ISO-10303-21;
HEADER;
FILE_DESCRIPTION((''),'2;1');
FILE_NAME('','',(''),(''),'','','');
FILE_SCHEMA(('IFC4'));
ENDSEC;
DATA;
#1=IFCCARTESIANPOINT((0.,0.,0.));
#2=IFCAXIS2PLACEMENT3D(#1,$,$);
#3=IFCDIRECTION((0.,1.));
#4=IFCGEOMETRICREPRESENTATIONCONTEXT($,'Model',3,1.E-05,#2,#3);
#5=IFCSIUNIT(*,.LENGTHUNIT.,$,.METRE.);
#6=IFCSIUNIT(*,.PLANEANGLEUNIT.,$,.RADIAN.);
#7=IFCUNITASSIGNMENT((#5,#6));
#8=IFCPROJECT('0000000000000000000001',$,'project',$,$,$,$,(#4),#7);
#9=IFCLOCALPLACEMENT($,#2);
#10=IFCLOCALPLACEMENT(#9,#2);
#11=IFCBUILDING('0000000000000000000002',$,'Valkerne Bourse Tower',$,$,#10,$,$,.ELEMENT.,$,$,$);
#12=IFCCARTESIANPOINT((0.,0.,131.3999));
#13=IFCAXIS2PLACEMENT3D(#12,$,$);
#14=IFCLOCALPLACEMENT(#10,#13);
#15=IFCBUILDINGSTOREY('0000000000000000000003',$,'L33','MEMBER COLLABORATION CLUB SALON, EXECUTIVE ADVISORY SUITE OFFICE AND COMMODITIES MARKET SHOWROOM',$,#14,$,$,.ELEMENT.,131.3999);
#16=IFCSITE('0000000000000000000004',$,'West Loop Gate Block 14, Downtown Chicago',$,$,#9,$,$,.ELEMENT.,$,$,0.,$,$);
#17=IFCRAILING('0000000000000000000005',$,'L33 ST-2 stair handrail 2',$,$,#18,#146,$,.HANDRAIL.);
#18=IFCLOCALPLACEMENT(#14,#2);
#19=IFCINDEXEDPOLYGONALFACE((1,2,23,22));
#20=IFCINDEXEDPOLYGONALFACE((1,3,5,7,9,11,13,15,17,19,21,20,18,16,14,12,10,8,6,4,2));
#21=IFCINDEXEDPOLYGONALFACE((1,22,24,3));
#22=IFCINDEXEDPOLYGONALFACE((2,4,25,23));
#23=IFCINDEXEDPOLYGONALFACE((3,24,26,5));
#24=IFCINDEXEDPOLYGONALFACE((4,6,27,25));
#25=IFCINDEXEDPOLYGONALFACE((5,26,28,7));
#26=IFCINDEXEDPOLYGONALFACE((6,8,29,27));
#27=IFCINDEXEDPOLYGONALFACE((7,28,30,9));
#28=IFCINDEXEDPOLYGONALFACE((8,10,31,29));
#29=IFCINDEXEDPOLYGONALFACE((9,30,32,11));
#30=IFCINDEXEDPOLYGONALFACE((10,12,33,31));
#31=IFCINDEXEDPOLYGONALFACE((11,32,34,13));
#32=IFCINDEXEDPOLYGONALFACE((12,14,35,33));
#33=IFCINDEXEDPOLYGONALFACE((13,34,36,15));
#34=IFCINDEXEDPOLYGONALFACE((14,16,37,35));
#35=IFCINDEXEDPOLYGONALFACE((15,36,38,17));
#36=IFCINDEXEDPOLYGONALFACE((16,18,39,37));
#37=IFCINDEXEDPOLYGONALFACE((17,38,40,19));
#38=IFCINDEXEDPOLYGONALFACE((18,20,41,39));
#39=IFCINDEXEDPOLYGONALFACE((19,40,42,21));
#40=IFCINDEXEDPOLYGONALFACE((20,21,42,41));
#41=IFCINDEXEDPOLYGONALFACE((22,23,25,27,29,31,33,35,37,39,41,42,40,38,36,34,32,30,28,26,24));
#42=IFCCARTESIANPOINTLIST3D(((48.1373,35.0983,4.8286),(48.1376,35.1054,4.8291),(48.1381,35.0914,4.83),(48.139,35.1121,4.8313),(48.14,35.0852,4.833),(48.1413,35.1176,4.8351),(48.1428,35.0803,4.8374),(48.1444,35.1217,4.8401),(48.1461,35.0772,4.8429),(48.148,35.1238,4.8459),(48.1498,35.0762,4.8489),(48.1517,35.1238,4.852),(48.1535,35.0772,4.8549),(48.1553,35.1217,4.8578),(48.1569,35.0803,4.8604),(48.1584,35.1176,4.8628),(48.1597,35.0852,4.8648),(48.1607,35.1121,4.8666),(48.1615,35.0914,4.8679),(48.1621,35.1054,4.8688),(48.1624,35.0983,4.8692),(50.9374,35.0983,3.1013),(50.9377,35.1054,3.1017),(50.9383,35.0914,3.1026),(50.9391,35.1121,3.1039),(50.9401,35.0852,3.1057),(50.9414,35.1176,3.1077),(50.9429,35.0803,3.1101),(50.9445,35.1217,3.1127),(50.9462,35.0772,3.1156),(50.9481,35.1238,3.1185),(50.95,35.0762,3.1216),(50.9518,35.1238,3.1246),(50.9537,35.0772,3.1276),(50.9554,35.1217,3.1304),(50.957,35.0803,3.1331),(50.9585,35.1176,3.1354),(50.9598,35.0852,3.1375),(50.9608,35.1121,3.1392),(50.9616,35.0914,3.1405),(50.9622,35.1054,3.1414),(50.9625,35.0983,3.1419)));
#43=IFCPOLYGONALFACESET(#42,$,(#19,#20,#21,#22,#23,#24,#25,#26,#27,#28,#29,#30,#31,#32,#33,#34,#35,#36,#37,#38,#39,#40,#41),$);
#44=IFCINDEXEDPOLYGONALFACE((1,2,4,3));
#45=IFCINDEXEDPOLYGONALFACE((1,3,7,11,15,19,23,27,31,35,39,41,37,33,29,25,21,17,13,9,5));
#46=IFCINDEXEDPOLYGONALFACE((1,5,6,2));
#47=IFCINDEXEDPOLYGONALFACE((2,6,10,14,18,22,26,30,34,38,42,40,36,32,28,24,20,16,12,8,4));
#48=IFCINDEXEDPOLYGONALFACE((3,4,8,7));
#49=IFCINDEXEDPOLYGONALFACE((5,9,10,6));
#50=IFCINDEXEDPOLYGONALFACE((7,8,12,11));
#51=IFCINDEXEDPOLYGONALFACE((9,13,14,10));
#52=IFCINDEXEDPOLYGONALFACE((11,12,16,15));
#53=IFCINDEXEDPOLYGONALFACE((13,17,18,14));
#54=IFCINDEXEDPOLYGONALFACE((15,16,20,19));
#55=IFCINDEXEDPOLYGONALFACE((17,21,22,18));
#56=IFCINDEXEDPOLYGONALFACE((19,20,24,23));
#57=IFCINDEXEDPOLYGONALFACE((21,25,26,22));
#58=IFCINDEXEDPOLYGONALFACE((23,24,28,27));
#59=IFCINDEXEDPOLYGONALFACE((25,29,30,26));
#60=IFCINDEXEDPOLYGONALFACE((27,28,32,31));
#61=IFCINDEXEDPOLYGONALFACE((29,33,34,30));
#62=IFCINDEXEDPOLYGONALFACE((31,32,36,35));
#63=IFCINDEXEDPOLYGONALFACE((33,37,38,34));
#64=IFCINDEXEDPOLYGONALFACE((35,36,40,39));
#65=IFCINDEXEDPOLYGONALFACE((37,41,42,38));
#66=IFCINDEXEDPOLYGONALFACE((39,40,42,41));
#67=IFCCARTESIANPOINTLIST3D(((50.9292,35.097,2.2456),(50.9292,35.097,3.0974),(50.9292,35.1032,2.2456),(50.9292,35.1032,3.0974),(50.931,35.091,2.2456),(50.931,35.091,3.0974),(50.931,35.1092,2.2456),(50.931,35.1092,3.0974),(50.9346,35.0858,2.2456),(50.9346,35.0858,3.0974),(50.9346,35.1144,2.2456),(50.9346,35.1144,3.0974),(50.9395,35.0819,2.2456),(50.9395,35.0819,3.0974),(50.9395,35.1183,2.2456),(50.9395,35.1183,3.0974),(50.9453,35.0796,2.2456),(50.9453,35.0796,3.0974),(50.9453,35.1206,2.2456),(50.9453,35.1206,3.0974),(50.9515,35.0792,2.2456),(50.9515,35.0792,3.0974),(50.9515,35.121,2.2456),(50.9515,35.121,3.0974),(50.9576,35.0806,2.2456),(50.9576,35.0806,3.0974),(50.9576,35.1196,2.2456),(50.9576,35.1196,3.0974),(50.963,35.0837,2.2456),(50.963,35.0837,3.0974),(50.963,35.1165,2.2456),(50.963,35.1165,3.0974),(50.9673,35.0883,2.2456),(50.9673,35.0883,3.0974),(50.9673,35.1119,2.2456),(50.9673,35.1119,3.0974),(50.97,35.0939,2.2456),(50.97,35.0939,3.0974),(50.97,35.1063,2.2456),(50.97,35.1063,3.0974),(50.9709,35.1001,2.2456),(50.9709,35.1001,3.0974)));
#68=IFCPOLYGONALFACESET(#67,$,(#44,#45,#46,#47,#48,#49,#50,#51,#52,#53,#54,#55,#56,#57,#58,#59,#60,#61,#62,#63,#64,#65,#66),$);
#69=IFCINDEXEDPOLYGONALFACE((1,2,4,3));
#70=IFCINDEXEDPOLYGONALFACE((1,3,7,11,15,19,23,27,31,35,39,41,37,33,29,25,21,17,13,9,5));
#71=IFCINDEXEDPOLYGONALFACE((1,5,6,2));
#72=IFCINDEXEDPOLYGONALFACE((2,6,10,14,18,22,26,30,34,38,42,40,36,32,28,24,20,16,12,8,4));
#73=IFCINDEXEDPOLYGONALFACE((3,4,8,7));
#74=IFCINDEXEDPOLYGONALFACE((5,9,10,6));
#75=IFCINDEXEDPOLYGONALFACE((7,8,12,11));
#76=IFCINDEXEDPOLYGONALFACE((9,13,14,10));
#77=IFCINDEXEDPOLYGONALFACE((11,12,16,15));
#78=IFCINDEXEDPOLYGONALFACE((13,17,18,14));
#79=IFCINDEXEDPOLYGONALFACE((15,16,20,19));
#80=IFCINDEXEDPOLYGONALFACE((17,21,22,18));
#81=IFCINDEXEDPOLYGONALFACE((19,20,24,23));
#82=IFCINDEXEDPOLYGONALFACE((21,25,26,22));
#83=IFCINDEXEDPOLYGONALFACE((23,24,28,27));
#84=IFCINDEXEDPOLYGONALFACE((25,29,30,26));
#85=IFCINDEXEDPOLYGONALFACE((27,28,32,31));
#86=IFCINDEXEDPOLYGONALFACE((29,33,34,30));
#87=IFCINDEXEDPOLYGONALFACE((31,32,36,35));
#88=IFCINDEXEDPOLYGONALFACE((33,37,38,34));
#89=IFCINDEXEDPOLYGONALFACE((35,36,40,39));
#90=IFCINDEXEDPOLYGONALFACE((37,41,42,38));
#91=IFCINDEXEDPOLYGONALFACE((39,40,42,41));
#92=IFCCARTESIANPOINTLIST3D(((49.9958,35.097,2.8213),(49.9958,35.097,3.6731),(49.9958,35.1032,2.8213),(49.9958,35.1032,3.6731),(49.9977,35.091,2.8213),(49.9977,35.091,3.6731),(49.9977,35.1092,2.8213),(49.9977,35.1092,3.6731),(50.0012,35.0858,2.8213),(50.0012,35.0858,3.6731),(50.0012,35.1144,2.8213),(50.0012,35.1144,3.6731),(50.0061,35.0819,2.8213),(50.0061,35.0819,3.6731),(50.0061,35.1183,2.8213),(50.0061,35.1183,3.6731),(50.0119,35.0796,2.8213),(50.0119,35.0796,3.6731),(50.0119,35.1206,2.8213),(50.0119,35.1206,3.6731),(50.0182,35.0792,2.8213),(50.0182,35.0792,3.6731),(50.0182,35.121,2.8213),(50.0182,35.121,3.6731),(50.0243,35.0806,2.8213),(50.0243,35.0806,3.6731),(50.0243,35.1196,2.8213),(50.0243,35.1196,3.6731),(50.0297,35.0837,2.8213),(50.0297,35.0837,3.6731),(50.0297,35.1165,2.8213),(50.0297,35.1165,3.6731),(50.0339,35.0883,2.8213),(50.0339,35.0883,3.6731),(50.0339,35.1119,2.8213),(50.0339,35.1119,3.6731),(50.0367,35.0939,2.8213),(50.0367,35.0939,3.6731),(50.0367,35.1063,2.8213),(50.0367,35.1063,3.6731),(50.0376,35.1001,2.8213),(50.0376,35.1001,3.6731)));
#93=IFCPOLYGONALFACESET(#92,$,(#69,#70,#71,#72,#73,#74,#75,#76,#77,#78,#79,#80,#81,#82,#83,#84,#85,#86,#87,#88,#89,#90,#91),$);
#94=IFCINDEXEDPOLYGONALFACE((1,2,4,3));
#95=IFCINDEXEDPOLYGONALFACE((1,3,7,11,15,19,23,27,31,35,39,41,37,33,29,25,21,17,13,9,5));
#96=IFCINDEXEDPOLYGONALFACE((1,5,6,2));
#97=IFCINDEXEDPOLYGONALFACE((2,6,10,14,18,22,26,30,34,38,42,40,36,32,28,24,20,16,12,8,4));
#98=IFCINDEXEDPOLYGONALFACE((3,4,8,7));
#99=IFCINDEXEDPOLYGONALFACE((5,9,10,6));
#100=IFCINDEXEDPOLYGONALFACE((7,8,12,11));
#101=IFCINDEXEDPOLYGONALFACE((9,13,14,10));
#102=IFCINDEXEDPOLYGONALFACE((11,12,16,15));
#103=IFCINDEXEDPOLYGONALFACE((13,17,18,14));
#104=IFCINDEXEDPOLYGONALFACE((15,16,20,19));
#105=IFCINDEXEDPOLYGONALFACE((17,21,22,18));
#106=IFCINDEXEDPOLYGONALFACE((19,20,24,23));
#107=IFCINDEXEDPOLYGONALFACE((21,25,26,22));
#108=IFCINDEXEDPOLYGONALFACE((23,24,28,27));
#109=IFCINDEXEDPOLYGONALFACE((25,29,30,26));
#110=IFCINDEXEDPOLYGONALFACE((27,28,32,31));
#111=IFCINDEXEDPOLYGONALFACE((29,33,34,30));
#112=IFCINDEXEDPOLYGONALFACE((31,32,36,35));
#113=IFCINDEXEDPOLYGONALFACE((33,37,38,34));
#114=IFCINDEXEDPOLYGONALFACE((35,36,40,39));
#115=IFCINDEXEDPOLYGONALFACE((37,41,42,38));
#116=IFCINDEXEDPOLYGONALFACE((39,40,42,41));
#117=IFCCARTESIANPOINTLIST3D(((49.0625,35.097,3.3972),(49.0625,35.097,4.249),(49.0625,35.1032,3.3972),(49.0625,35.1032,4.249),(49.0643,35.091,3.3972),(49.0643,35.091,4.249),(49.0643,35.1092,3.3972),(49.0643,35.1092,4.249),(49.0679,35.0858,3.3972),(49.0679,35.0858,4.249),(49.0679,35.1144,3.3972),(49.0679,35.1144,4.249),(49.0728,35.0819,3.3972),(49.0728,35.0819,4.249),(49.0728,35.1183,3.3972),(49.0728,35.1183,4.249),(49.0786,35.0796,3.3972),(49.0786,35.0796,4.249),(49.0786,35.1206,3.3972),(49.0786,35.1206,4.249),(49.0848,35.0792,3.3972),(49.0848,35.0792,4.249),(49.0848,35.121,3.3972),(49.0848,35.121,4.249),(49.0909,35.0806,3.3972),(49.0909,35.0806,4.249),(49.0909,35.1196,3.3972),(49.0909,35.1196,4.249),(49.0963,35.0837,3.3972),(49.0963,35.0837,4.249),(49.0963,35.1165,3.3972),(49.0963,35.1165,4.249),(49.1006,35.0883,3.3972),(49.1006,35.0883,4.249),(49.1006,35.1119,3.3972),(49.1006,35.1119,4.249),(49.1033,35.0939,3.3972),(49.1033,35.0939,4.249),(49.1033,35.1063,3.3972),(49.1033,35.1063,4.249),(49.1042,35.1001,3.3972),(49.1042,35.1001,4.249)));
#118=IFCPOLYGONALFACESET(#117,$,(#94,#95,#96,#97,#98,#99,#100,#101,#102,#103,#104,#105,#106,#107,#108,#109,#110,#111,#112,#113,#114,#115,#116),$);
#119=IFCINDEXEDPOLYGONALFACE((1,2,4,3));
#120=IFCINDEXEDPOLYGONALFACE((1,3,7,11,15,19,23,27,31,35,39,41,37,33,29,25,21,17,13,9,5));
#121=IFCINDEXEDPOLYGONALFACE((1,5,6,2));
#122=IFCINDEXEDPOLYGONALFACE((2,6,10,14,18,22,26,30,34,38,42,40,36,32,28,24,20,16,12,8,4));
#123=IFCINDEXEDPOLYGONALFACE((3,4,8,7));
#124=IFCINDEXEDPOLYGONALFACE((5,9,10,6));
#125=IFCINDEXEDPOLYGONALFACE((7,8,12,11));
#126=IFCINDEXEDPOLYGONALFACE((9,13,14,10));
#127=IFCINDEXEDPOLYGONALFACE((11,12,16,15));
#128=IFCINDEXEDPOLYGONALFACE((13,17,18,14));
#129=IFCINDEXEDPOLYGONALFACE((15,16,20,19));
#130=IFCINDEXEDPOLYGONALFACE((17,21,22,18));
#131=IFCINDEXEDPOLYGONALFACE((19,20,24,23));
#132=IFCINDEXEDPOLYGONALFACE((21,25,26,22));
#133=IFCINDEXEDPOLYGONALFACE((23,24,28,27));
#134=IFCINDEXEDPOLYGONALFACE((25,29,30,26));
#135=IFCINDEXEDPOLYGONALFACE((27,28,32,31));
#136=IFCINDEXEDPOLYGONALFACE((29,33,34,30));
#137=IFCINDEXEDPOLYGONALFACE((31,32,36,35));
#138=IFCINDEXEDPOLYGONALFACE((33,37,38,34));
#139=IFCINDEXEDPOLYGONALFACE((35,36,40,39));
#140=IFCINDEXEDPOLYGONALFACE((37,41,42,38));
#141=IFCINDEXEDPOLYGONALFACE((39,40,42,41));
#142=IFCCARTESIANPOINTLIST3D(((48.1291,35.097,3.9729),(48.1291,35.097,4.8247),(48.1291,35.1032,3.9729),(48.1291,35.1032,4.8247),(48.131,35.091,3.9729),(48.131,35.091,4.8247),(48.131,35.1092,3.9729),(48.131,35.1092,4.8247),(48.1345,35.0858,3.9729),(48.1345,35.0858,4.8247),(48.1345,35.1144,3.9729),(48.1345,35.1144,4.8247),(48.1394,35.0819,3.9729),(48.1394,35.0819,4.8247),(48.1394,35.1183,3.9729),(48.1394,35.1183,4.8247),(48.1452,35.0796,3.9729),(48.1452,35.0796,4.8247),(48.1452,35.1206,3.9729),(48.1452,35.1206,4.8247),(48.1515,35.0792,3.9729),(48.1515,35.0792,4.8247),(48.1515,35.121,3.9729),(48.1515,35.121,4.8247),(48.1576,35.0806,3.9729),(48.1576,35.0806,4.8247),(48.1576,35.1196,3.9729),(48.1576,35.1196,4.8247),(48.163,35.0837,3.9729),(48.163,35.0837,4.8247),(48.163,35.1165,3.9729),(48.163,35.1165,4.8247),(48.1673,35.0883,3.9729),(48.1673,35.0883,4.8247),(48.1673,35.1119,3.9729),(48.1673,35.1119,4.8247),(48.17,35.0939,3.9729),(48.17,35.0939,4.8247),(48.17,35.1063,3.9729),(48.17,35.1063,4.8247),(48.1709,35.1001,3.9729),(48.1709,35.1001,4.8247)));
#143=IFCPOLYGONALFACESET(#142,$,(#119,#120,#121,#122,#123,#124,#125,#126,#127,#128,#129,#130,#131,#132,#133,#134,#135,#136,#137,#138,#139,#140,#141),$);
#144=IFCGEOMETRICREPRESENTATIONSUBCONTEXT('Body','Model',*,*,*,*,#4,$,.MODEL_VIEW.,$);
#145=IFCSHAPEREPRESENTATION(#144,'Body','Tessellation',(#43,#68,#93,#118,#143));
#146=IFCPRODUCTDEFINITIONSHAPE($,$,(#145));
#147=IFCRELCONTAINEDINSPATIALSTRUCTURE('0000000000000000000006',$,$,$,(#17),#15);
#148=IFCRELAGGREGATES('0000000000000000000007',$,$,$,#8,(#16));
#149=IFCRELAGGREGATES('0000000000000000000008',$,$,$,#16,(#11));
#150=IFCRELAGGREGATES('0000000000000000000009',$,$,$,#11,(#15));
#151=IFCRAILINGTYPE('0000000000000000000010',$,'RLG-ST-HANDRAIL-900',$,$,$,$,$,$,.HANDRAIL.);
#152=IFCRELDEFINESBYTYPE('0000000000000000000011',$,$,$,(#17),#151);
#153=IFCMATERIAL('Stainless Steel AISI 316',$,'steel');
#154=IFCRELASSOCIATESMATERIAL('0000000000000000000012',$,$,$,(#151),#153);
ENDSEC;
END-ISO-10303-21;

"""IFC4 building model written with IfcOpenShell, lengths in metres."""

from ifc_helpers import new_model, si_unit, direction, frame, origin, origin_2d, place, context, subcontext, project, spatial, circle, extrude, material, type_object, element, save


model = new_model("IFC4")

# Units and contexts
model_context = context("Model", 3, precision=1e-05, world=origin(), true_north=direction((0.0, 1.0)))
body_context = subcontext(model_context, "Body", "Model", "MODEL_VIEW")
ifc_project = project(units=[si_unit("LENGTHUNIT", "METRE"), si_unit("PLANEANGLEUNIT", "RADIAN")], contexts=[model_context])

# Site, building, storey
site_placement = place(None, origin())
site = spatial("IfcSite", under=ifc_project, at=site_placement, Name="West Loop Gate Block 14, Downtown Chicago", CompositionType="ELEMENT", RefElevation=0.0)
building_placement = place(site_placement, origin())
building = spatial("IfcBuilding", under=site, at=building_placement, Name="Valkerne Bourse Tower", CompositionType="ELEMENT")
storey_placement = place(building_placement, frame((0.0, 0.0, 131.3999)))
storey = spatial("IfcBuildingStorey", under=building, at=storey_placement, Name="L33", Description="MEMBER COLLABORATION CLUB SALON, EXECUTIVE ADVISORY SUITE OFFICE AND COMMODITIES MARKET SHOWROOM", CompositionType="ELEMENT", Elevation=131.3999)

# Shared definitions
ifc_material_1 = material(Name="Stainless Steel AISI 316", Category="steel")

# Railing
railing_type_1 = type_object("IfcRailingType", Name="RLG-ST-HANDRAIL-900", PredefinedType="HANDRAIL", material=ifc_material_1)
railing_1_placement = place(storey_placement, frame((50.95, 35.1001, 2.2456)))
element("IfcRailing", 1, at=railing_1_placement, inside=storey, type_object=railing_type_1, Name="L33 ST-2 stair handrail 2", PredefinedType="HANDRAIL", context=body_context, shape_type="SweptSolid", body=[
    extrude(circle(Radius=0.0239, at=origin_2d()), frame((0.0, 0.0, 0.876), z_axis=(-0.85109, 0.0, 0.52502), x_axis=(0.0, -1.0, 0.0)), (0.0, 0.0, 1.0), 3.29),
    extrude(circle(Radius=0.021, at=origin_2d()), origin(), (0.0, 0.0, 1.0), 0.8518),
    extrude(circle(Radius=0.021, at=origin_2d()), frame((-0.9333, 0.0, 0.5757)), (0.0, 0.0, 1.0), 0.8518),
    extrude(circle(Radius=0.021, at=origin_2d()), frame((-1.8667, 0.0, 1.1516)), (0.0, 0.0, 1.0), 0.8518),
    extrude(circle(Radius=0.021, at=origin_2d()), frame((-2.8, 0.0, 1.7273)), (0.0, 0.0, 1.0), 0.8518),
])

save(model, "model.ifc")
